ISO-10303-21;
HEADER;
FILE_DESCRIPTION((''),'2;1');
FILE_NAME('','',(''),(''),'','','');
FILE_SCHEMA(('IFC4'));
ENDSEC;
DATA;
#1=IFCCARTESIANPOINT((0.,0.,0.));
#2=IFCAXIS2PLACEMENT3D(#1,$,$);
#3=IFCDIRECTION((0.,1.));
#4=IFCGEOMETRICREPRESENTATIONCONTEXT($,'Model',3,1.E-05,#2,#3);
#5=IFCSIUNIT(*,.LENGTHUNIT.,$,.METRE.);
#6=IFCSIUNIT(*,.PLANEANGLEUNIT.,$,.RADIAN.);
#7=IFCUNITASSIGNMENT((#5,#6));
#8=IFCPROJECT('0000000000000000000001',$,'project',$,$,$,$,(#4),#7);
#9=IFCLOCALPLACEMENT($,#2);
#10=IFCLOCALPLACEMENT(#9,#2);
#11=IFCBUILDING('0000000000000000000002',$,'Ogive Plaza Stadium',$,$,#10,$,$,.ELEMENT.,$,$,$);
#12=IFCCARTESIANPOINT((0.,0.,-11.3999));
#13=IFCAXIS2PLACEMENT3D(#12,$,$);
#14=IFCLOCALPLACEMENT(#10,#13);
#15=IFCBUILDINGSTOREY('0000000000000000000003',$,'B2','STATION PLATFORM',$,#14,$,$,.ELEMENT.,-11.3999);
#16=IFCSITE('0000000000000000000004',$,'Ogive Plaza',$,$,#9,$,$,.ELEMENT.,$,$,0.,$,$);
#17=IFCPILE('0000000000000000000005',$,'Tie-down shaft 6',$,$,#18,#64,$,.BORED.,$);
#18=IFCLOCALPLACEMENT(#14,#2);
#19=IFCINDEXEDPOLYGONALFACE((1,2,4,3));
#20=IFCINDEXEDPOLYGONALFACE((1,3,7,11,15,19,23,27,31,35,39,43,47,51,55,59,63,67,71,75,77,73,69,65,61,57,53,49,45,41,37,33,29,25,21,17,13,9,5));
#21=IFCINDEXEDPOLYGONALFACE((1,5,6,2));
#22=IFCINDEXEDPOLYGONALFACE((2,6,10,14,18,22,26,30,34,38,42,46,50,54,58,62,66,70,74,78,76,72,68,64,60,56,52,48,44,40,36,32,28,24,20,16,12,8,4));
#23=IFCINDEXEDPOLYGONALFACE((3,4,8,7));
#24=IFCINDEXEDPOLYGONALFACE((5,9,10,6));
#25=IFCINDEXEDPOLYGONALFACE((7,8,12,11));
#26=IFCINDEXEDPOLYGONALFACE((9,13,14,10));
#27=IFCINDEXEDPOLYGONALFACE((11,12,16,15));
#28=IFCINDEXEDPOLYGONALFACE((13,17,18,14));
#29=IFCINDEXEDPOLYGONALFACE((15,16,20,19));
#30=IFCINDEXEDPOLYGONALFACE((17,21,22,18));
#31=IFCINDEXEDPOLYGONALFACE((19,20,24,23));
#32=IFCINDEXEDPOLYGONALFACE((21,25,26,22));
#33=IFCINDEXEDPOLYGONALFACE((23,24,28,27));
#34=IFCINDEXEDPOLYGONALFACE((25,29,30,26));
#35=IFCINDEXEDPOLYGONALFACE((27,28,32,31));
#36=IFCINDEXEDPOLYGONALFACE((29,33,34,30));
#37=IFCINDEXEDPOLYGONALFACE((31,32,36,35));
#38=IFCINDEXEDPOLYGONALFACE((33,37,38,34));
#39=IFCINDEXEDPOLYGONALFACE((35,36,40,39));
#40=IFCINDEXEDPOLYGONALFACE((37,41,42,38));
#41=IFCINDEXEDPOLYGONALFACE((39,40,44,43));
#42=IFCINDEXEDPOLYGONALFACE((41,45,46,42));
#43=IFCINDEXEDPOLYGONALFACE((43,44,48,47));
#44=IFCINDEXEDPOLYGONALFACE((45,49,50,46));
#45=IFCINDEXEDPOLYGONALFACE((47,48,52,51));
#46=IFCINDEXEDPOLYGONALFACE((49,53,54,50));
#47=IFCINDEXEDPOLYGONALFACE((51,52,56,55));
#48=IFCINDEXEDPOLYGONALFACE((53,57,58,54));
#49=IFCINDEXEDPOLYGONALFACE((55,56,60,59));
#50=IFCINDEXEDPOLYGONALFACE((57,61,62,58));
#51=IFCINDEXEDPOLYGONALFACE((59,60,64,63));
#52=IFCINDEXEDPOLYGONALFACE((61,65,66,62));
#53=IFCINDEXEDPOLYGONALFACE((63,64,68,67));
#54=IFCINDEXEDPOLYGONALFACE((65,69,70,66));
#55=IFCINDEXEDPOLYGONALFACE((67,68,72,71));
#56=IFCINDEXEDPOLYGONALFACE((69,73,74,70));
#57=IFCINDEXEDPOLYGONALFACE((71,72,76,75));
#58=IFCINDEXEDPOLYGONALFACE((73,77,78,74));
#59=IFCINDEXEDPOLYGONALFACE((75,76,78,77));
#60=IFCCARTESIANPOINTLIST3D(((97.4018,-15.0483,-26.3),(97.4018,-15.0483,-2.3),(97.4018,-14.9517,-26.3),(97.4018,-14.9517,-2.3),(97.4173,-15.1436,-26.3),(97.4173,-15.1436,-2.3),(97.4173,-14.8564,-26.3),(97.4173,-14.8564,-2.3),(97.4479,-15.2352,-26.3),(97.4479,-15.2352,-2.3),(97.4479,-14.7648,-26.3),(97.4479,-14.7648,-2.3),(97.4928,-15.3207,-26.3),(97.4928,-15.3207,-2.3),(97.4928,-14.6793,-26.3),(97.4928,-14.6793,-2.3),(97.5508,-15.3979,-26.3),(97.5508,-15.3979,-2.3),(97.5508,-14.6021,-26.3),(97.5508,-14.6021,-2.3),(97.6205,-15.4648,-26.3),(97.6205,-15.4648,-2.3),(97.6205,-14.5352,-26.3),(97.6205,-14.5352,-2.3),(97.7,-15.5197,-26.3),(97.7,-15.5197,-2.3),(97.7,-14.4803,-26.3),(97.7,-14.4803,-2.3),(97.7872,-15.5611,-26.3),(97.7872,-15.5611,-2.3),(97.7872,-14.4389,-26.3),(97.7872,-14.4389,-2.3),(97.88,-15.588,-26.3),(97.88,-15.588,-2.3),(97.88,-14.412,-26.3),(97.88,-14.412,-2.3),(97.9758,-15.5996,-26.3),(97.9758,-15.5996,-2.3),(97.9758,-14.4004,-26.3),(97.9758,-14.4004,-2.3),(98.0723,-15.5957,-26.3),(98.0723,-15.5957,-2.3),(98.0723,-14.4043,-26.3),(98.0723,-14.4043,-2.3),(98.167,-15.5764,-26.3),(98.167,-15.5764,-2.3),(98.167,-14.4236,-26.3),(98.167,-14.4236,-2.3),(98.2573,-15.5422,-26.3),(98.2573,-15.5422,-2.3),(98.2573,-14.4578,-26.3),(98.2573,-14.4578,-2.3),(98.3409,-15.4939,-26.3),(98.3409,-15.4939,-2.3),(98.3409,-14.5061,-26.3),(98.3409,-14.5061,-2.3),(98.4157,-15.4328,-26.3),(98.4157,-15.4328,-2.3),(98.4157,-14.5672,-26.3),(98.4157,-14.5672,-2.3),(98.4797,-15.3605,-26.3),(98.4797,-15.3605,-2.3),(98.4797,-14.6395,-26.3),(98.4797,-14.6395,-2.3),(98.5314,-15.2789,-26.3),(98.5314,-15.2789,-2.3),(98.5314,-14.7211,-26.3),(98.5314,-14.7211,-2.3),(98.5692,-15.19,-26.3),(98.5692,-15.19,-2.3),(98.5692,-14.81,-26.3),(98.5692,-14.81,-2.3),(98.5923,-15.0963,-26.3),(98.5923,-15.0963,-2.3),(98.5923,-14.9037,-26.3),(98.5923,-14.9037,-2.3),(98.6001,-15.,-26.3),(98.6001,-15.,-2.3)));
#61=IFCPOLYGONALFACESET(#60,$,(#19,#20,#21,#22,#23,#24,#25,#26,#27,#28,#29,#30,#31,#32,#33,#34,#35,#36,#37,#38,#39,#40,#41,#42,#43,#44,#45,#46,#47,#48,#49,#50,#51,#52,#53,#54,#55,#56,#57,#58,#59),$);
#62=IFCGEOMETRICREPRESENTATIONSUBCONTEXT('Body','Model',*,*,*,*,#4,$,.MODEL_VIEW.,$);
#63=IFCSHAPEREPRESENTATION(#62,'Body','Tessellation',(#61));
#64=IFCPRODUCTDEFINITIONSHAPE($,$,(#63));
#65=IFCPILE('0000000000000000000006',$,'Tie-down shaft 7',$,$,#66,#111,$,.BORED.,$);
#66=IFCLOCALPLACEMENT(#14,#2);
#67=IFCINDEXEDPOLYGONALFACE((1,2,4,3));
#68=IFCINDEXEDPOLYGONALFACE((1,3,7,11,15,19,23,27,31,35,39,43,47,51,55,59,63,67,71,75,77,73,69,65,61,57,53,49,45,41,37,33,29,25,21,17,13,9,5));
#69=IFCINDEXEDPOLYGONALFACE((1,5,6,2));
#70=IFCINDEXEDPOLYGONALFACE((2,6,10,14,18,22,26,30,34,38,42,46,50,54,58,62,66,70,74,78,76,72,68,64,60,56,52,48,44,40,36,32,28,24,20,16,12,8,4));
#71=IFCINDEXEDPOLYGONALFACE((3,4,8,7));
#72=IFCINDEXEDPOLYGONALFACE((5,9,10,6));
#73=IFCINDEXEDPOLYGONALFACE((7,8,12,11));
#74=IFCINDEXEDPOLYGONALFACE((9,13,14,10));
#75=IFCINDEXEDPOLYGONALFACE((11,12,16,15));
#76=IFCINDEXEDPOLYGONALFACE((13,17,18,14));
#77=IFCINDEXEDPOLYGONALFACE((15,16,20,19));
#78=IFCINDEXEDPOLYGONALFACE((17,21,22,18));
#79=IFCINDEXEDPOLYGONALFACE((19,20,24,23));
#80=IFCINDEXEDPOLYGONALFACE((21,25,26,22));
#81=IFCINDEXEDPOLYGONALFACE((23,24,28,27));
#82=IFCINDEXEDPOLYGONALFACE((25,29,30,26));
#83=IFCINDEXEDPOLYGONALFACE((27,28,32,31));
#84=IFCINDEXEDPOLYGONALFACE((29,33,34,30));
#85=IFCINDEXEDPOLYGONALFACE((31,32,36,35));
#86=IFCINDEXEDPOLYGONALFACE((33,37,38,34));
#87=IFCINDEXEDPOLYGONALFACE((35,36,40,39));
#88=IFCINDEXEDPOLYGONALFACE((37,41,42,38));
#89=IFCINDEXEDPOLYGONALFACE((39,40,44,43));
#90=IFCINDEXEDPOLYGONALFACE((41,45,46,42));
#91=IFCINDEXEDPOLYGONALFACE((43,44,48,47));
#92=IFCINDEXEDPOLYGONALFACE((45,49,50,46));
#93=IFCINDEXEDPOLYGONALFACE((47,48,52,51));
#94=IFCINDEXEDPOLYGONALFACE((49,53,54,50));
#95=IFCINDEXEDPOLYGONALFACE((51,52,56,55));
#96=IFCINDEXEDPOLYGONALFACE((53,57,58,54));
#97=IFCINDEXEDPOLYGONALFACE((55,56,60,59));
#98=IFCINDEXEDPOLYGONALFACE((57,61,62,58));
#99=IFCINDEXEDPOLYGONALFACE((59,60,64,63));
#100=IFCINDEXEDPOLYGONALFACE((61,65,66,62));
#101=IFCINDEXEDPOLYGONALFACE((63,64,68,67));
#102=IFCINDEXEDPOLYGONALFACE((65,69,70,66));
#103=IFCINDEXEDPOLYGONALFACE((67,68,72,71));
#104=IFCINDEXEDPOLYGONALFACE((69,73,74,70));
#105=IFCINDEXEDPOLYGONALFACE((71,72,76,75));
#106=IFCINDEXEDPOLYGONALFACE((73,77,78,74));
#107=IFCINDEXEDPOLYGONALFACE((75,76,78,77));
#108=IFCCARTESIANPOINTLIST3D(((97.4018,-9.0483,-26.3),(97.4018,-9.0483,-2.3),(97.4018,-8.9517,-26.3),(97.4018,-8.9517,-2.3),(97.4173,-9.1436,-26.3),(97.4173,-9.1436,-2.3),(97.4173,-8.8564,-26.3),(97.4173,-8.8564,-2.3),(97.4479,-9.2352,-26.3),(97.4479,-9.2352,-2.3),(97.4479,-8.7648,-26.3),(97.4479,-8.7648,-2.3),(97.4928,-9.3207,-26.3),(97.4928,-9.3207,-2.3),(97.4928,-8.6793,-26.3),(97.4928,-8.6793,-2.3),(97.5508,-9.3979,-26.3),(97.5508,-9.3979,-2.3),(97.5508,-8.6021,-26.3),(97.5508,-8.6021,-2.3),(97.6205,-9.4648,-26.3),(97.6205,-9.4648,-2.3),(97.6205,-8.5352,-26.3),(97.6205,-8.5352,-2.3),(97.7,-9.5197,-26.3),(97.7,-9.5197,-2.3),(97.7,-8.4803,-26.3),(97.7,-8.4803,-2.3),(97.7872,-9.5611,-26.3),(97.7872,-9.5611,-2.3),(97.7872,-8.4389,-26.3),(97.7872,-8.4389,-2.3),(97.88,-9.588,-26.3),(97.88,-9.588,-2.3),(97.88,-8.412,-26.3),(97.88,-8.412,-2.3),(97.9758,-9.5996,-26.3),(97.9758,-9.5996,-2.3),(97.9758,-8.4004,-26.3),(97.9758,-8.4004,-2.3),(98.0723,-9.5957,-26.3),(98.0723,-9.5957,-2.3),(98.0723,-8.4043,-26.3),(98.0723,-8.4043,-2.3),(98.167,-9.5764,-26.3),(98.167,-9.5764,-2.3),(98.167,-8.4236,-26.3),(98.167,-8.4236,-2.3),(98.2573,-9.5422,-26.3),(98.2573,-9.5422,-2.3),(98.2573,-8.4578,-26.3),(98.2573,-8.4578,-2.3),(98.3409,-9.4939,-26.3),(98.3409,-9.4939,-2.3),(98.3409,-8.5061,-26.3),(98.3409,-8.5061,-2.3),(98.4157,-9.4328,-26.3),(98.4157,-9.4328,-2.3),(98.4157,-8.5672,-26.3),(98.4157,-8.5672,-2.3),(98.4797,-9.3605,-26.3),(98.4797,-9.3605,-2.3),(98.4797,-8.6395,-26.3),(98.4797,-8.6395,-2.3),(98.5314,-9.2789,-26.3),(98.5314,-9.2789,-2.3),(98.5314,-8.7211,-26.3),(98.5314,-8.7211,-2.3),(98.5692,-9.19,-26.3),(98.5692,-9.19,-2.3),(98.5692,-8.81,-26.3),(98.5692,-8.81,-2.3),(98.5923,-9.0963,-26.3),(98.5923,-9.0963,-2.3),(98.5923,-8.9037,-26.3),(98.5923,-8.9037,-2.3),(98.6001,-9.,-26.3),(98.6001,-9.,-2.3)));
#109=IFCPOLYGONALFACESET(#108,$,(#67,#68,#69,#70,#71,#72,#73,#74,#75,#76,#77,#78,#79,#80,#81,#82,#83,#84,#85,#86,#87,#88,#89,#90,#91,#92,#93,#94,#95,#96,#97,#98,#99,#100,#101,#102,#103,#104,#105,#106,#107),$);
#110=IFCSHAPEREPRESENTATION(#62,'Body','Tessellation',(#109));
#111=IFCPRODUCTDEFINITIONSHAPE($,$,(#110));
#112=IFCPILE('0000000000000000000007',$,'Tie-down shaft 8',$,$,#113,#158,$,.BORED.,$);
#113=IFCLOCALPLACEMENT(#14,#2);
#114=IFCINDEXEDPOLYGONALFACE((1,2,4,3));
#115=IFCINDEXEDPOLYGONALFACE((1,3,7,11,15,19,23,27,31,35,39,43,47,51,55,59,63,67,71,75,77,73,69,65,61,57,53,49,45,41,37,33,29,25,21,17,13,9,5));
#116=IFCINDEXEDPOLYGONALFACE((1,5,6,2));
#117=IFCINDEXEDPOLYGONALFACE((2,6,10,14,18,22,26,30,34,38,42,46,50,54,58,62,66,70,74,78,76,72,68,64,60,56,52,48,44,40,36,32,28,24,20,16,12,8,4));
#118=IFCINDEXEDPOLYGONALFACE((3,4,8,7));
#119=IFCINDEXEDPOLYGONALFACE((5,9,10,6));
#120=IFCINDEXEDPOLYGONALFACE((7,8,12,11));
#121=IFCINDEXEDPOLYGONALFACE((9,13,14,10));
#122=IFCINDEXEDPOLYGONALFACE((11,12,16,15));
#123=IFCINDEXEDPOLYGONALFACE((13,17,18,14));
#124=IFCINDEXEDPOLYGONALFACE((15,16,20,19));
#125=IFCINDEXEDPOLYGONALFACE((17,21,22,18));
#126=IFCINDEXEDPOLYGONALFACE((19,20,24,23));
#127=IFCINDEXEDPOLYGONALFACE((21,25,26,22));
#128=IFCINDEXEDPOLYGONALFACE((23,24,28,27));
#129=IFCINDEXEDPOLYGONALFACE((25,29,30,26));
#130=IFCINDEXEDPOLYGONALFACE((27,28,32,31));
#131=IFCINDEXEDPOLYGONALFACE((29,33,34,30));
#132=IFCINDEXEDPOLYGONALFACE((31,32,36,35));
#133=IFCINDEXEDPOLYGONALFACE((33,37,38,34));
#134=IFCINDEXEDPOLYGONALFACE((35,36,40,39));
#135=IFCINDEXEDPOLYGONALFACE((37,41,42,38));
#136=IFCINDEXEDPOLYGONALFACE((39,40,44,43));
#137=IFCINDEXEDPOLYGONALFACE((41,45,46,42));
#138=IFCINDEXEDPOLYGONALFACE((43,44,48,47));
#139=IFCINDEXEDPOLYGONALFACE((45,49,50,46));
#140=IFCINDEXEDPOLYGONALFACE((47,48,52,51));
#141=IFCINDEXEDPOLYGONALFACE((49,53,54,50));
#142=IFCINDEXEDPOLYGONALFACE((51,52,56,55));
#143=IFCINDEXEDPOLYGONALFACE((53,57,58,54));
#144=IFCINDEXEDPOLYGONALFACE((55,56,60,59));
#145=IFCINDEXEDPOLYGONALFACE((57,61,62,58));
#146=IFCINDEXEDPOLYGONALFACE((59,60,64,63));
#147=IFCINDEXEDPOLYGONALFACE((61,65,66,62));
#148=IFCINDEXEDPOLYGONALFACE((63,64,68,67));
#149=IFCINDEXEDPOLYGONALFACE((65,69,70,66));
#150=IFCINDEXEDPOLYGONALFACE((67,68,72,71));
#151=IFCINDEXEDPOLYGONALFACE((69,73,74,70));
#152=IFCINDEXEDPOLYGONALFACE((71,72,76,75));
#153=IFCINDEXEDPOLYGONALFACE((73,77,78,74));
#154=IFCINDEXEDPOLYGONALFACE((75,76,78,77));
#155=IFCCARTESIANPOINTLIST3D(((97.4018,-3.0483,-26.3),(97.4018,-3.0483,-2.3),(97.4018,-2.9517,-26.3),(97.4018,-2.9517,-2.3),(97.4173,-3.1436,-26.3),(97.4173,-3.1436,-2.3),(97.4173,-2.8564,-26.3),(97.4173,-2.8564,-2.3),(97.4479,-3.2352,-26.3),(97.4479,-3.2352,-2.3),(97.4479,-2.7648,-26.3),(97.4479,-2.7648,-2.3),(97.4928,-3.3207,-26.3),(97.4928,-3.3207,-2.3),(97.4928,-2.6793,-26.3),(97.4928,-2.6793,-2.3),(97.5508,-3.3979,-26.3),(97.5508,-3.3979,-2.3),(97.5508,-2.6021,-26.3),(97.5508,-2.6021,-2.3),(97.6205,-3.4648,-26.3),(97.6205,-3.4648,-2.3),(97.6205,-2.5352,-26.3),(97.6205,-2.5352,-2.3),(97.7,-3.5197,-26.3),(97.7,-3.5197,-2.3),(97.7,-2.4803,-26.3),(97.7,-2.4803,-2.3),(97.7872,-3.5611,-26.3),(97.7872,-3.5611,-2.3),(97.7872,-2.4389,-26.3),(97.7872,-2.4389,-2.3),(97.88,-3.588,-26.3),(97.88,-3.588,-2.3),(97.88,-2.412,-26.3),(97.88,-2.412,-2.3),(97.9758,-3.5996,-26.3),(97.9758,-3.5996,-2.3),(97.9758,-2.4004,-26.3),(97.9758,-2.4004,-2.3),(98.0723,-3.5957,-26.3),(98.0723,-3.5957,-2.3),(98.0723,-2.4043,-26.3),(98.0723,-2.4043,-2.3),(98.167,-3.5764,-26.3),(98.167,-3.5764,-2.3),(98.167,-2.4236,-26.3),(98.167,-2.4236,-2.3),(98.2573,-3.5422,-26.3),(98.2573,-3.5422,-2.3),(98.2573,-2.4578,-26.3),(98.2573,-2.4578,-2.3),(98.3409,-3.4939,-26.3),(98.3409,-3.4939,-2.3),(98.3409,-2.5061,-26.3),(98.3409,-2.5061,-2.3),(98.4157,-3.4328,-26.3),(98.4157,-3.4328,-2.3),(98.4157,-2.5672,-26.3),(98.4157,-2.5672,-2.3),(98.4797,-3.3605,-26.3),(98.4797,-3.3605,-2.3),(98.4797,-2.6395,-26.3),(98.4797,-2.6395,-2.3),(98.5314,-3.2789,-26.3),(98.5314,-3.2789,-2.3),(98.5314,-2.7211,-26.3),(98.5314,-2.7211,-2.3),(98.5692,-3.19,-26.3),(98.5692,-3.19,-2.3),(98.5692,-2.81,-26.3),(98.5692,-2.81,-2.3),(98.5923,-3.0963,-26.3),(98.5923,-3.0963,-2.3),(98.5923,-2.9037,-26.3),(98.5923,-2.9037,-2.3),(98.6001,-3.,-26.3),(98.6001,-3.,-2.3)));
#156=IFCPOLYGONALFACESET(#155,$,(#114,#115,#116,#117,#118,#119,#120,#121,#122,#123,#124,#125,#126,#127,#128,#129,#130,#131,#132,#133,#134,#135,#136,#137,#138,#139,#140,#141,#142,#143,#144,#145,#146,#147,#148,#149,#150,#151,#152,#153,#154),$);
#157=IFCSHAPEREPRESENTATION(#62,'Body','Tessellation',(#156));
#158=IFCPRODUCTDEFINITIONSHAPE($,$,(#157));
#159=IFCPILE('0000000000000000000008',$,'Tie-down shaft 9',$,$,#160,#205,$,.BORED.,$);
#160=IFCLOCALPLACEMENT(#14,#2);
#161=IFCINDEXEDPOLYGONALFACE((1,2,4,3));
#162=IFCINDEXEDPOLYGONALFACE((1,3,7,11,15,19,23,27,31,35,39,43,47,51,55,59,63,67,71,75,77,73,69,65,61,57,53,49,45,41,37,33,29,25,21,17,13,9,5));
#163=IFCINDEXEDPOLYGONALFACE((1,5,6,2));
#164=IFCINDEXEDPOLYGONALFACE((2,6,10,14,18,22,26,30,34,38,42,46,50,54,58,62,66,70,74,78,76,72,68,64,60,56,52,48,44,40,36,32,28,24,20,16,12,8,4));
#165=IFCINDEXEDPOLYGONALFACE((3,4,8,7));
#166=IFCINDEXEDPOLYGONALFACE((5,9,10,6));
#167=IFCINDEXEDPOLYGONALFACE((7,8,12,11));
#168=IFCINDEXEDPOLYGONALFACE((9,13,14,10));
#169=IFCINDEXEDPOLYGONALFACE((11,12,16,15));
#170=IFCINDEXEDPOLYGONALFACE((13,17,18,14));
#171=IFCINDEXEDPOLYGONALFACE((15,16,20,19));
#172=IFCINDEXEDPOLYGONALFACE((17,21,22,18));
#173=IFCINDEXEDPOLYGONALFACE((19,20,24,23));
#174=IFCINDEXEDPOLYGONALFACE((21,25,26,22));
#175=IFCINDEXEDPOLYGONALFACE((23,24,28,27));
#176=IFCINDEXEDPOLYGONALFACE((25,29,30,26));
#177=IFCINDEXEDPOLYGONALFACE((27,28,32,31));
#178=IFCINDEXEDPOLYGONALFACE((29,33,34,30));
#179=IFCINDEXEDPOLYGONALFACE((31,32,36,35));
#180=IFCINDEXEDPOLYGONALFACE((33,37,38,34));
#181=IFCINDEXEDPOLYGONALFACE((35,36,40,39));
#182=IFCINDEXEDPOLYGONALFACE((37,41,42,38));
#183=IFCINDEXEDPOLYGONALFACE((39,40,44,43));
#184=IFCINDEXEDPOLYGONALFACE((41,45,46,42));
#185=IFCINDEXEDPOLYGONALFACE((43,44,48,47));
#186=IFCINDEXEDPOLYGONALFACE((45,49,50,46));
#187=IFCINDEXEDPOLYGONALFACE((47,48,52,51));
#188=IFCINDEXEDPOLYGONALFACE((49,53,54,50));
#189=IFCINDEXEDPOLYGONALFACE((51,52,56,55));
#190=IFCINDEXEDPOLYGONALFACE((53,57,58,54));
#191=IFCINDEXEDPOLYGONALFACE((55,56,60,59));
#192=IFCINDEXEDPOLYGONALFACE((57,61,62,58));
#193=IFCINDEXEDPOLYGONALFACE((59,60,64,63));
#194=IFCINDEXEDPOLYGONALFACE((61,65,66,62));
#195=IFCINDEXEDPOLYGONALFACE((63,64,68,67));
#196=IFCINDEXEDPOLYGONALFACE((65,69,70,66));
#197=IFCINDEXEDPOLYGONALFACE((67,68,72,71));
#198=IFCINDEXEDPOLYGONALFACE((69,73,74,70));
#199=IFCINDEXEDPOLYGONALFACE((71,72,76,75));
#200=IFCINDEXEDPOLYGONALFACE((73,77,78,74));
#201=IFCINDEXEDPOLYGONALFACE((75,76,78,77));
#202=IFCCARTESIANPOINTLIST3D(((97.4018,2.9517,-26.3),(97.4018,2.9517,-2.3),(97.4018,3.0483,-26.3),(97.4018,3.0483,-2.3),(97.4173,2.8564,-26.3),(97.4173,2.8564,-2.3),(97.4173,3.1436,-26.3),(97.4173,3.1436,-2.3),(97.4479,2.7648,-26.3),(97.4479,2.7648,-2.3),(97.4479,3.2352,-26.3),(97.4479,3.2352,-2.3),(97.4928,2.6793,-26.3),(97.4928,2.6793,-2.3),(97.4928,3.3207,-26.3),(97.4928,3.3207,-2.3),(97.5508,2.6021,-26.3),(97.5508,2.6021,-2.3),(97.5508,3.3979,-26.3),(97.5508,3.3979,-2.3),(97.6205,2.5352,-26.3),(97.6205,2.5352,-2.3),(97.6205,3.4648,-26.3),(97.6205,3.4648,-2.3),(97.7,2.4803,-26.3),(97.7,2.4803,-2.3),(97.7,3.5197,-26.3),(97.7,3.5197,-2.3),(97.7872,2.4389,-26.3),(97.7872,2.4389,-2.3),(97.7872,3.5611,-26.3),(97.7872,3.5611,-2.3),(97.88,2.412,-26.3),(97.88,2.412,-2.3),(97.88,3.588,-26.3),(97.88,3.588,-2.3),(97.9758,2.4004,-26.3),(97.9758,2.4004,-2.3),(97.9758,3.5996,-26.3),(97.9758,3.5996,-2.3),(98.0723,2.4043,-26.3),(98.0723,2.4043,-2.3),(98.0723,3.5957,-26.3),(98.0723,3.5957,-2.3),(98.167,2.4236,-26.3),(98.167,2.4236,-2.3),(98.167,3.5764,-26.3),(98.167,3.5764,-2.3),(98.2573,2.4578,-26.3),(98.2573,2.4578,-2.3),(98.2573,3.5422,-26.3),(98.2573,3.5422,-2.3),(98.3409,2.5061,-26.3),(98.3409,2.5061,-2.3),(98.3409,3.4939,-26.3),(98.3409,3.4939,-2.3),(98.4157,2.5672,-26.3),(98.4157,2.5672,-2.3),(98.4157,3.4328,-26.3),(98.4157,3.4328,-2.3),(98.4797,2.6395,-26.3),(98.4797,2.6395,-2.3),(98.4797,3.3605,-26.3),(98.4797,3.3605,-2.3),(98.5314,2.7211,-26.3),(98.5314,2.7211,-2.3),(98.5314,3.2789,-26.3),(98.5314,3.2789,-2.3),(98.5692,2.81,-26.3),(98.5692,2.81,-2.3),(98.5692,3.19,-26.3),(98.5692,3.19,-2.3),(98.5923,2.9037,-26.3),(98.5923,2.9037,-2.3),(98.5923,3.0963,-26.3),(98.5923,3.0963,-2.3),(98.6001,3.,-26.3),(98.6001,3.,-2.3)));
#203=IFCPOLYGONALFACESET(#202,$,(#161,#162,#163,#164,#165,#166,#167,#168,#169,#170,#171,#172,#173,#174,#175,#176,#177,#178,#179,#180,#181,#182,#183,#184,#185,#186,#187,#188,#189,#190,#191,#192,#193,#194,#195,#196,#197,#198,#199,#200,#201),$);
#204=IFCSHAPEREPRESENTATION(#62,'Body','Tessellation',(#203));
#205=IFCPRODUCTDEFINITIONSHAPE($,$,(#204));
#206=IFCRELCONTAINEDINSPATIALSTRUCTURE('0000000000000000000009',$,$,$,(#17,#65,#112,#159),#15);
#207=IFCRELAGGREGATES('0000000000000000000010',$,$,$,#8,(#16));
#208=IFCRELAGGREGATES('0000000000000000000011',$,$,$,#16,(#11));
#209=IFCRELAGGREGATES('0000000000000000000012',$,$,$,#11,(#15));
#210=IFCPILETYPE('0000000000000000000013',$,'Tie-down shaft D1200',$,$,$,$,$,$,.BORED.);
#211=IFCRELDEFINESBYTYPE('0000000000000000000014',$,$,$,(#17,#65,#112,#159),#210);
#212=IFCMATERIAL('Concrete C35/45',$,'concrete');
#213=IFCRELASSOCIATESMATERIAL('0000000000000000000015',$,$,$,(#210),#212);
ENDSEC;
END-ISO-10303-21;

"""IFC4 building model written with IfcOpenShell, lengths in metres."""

from ifc_helpers import new_model, si_unit, direction, frame, origin, origin_2d, place, context, subcontext, project, spatial, circle, extrude, material, material_profile, profile_set, type_object, element, save


model = new_model("IFC4")

# Units and contexts
model_context = context("Model", 3, precision=1e-05, world=origin(), true_north=direction((0.0, 1.0)))
body_context = subcontext(model_context, "Body", "Model", "MODEL_VIEW")
ifc_project = project(units=[si_unit("LENGTHUNIT", "METRE"), si_unit("PLANEANGLEUNIT", "RADIAN")], contexts=[model_context])

# Site, building, storey
site_placement = place(None, origin())
site = spatial("IfcSite", under=ifc_project, at=site_placement, Name="Ogive Plaza", CompositionType="ELEMENT", RefElevation=0.0)
building_placement = place(site_placement, origin())
building = spatial("IfcBuilding", under=site, at=building_placement, Name="Ogive Plaza Stadium", CompositionType="ELEMENT")
storey_placement = place(building_placement, frame((0.0, 0.0, -11.3999)))
storey = spatial("IfcBuildingStorey", under=building, at=storey_placement, Name="B2", Description="STATION PLATFORM", CompositionType="ELEMENT", Elevation=-11.3999)

# Piles
ifc_material_1 = material(Name="Concrete C35/45", Category="concrete")
ifc_material_profile = material_profile(ifc_material_1, circle(Radius=0.6001, at=origin_2d()), Name="Tie-down shaft D1200")
ifc_profile_set = profile_set([ifc_material_profile], Name="Concrete C35/45")
pile_type = type_object("IfcPileType", Name="Tie-down shaft D1200", PredefinedType="BORED", material=ifc_profile_set)
for number, where, z_axis, x_axis, name in (
    (1, (98.0, -15.0, -2.3), (0.0, 0.0, -1.0), (1.0, 0.0, 0.0), "Tie-down shaft 6"),
    (2, (98.0, -9.0, -2.3), (0.0, 0.0, -1.0), (1.0, 0.0, 0.0), "Tie-down shaft 7"),
    (3, (98.0, -3.0, -2.3), (0.0, 0.0, -1.0), (1.0, 0.0, 0.0), "Tie-down shaft 8"),
    (4, (98.0, 3.0, -2.3), (0.0, 0.0, -1.0), (1.0, 0.0, 0.0), "Tie-down shaft 9"),
):
    element("IfcPile", number, at=place(storey_placement, frame(where, z_axis=z_axis, x_axis=x_axis)), inside=storey, type_object=pile_type, Name=name, PredefinedType="BORED", context=body_context, shape_type="SweptSolid", body=[
        extrude(circle(Radius=0.6001, at=origin_2d()), origin(), (0.0, 0.0, 1.0), 24.0),
    ])

save(model, "model.ifc")
